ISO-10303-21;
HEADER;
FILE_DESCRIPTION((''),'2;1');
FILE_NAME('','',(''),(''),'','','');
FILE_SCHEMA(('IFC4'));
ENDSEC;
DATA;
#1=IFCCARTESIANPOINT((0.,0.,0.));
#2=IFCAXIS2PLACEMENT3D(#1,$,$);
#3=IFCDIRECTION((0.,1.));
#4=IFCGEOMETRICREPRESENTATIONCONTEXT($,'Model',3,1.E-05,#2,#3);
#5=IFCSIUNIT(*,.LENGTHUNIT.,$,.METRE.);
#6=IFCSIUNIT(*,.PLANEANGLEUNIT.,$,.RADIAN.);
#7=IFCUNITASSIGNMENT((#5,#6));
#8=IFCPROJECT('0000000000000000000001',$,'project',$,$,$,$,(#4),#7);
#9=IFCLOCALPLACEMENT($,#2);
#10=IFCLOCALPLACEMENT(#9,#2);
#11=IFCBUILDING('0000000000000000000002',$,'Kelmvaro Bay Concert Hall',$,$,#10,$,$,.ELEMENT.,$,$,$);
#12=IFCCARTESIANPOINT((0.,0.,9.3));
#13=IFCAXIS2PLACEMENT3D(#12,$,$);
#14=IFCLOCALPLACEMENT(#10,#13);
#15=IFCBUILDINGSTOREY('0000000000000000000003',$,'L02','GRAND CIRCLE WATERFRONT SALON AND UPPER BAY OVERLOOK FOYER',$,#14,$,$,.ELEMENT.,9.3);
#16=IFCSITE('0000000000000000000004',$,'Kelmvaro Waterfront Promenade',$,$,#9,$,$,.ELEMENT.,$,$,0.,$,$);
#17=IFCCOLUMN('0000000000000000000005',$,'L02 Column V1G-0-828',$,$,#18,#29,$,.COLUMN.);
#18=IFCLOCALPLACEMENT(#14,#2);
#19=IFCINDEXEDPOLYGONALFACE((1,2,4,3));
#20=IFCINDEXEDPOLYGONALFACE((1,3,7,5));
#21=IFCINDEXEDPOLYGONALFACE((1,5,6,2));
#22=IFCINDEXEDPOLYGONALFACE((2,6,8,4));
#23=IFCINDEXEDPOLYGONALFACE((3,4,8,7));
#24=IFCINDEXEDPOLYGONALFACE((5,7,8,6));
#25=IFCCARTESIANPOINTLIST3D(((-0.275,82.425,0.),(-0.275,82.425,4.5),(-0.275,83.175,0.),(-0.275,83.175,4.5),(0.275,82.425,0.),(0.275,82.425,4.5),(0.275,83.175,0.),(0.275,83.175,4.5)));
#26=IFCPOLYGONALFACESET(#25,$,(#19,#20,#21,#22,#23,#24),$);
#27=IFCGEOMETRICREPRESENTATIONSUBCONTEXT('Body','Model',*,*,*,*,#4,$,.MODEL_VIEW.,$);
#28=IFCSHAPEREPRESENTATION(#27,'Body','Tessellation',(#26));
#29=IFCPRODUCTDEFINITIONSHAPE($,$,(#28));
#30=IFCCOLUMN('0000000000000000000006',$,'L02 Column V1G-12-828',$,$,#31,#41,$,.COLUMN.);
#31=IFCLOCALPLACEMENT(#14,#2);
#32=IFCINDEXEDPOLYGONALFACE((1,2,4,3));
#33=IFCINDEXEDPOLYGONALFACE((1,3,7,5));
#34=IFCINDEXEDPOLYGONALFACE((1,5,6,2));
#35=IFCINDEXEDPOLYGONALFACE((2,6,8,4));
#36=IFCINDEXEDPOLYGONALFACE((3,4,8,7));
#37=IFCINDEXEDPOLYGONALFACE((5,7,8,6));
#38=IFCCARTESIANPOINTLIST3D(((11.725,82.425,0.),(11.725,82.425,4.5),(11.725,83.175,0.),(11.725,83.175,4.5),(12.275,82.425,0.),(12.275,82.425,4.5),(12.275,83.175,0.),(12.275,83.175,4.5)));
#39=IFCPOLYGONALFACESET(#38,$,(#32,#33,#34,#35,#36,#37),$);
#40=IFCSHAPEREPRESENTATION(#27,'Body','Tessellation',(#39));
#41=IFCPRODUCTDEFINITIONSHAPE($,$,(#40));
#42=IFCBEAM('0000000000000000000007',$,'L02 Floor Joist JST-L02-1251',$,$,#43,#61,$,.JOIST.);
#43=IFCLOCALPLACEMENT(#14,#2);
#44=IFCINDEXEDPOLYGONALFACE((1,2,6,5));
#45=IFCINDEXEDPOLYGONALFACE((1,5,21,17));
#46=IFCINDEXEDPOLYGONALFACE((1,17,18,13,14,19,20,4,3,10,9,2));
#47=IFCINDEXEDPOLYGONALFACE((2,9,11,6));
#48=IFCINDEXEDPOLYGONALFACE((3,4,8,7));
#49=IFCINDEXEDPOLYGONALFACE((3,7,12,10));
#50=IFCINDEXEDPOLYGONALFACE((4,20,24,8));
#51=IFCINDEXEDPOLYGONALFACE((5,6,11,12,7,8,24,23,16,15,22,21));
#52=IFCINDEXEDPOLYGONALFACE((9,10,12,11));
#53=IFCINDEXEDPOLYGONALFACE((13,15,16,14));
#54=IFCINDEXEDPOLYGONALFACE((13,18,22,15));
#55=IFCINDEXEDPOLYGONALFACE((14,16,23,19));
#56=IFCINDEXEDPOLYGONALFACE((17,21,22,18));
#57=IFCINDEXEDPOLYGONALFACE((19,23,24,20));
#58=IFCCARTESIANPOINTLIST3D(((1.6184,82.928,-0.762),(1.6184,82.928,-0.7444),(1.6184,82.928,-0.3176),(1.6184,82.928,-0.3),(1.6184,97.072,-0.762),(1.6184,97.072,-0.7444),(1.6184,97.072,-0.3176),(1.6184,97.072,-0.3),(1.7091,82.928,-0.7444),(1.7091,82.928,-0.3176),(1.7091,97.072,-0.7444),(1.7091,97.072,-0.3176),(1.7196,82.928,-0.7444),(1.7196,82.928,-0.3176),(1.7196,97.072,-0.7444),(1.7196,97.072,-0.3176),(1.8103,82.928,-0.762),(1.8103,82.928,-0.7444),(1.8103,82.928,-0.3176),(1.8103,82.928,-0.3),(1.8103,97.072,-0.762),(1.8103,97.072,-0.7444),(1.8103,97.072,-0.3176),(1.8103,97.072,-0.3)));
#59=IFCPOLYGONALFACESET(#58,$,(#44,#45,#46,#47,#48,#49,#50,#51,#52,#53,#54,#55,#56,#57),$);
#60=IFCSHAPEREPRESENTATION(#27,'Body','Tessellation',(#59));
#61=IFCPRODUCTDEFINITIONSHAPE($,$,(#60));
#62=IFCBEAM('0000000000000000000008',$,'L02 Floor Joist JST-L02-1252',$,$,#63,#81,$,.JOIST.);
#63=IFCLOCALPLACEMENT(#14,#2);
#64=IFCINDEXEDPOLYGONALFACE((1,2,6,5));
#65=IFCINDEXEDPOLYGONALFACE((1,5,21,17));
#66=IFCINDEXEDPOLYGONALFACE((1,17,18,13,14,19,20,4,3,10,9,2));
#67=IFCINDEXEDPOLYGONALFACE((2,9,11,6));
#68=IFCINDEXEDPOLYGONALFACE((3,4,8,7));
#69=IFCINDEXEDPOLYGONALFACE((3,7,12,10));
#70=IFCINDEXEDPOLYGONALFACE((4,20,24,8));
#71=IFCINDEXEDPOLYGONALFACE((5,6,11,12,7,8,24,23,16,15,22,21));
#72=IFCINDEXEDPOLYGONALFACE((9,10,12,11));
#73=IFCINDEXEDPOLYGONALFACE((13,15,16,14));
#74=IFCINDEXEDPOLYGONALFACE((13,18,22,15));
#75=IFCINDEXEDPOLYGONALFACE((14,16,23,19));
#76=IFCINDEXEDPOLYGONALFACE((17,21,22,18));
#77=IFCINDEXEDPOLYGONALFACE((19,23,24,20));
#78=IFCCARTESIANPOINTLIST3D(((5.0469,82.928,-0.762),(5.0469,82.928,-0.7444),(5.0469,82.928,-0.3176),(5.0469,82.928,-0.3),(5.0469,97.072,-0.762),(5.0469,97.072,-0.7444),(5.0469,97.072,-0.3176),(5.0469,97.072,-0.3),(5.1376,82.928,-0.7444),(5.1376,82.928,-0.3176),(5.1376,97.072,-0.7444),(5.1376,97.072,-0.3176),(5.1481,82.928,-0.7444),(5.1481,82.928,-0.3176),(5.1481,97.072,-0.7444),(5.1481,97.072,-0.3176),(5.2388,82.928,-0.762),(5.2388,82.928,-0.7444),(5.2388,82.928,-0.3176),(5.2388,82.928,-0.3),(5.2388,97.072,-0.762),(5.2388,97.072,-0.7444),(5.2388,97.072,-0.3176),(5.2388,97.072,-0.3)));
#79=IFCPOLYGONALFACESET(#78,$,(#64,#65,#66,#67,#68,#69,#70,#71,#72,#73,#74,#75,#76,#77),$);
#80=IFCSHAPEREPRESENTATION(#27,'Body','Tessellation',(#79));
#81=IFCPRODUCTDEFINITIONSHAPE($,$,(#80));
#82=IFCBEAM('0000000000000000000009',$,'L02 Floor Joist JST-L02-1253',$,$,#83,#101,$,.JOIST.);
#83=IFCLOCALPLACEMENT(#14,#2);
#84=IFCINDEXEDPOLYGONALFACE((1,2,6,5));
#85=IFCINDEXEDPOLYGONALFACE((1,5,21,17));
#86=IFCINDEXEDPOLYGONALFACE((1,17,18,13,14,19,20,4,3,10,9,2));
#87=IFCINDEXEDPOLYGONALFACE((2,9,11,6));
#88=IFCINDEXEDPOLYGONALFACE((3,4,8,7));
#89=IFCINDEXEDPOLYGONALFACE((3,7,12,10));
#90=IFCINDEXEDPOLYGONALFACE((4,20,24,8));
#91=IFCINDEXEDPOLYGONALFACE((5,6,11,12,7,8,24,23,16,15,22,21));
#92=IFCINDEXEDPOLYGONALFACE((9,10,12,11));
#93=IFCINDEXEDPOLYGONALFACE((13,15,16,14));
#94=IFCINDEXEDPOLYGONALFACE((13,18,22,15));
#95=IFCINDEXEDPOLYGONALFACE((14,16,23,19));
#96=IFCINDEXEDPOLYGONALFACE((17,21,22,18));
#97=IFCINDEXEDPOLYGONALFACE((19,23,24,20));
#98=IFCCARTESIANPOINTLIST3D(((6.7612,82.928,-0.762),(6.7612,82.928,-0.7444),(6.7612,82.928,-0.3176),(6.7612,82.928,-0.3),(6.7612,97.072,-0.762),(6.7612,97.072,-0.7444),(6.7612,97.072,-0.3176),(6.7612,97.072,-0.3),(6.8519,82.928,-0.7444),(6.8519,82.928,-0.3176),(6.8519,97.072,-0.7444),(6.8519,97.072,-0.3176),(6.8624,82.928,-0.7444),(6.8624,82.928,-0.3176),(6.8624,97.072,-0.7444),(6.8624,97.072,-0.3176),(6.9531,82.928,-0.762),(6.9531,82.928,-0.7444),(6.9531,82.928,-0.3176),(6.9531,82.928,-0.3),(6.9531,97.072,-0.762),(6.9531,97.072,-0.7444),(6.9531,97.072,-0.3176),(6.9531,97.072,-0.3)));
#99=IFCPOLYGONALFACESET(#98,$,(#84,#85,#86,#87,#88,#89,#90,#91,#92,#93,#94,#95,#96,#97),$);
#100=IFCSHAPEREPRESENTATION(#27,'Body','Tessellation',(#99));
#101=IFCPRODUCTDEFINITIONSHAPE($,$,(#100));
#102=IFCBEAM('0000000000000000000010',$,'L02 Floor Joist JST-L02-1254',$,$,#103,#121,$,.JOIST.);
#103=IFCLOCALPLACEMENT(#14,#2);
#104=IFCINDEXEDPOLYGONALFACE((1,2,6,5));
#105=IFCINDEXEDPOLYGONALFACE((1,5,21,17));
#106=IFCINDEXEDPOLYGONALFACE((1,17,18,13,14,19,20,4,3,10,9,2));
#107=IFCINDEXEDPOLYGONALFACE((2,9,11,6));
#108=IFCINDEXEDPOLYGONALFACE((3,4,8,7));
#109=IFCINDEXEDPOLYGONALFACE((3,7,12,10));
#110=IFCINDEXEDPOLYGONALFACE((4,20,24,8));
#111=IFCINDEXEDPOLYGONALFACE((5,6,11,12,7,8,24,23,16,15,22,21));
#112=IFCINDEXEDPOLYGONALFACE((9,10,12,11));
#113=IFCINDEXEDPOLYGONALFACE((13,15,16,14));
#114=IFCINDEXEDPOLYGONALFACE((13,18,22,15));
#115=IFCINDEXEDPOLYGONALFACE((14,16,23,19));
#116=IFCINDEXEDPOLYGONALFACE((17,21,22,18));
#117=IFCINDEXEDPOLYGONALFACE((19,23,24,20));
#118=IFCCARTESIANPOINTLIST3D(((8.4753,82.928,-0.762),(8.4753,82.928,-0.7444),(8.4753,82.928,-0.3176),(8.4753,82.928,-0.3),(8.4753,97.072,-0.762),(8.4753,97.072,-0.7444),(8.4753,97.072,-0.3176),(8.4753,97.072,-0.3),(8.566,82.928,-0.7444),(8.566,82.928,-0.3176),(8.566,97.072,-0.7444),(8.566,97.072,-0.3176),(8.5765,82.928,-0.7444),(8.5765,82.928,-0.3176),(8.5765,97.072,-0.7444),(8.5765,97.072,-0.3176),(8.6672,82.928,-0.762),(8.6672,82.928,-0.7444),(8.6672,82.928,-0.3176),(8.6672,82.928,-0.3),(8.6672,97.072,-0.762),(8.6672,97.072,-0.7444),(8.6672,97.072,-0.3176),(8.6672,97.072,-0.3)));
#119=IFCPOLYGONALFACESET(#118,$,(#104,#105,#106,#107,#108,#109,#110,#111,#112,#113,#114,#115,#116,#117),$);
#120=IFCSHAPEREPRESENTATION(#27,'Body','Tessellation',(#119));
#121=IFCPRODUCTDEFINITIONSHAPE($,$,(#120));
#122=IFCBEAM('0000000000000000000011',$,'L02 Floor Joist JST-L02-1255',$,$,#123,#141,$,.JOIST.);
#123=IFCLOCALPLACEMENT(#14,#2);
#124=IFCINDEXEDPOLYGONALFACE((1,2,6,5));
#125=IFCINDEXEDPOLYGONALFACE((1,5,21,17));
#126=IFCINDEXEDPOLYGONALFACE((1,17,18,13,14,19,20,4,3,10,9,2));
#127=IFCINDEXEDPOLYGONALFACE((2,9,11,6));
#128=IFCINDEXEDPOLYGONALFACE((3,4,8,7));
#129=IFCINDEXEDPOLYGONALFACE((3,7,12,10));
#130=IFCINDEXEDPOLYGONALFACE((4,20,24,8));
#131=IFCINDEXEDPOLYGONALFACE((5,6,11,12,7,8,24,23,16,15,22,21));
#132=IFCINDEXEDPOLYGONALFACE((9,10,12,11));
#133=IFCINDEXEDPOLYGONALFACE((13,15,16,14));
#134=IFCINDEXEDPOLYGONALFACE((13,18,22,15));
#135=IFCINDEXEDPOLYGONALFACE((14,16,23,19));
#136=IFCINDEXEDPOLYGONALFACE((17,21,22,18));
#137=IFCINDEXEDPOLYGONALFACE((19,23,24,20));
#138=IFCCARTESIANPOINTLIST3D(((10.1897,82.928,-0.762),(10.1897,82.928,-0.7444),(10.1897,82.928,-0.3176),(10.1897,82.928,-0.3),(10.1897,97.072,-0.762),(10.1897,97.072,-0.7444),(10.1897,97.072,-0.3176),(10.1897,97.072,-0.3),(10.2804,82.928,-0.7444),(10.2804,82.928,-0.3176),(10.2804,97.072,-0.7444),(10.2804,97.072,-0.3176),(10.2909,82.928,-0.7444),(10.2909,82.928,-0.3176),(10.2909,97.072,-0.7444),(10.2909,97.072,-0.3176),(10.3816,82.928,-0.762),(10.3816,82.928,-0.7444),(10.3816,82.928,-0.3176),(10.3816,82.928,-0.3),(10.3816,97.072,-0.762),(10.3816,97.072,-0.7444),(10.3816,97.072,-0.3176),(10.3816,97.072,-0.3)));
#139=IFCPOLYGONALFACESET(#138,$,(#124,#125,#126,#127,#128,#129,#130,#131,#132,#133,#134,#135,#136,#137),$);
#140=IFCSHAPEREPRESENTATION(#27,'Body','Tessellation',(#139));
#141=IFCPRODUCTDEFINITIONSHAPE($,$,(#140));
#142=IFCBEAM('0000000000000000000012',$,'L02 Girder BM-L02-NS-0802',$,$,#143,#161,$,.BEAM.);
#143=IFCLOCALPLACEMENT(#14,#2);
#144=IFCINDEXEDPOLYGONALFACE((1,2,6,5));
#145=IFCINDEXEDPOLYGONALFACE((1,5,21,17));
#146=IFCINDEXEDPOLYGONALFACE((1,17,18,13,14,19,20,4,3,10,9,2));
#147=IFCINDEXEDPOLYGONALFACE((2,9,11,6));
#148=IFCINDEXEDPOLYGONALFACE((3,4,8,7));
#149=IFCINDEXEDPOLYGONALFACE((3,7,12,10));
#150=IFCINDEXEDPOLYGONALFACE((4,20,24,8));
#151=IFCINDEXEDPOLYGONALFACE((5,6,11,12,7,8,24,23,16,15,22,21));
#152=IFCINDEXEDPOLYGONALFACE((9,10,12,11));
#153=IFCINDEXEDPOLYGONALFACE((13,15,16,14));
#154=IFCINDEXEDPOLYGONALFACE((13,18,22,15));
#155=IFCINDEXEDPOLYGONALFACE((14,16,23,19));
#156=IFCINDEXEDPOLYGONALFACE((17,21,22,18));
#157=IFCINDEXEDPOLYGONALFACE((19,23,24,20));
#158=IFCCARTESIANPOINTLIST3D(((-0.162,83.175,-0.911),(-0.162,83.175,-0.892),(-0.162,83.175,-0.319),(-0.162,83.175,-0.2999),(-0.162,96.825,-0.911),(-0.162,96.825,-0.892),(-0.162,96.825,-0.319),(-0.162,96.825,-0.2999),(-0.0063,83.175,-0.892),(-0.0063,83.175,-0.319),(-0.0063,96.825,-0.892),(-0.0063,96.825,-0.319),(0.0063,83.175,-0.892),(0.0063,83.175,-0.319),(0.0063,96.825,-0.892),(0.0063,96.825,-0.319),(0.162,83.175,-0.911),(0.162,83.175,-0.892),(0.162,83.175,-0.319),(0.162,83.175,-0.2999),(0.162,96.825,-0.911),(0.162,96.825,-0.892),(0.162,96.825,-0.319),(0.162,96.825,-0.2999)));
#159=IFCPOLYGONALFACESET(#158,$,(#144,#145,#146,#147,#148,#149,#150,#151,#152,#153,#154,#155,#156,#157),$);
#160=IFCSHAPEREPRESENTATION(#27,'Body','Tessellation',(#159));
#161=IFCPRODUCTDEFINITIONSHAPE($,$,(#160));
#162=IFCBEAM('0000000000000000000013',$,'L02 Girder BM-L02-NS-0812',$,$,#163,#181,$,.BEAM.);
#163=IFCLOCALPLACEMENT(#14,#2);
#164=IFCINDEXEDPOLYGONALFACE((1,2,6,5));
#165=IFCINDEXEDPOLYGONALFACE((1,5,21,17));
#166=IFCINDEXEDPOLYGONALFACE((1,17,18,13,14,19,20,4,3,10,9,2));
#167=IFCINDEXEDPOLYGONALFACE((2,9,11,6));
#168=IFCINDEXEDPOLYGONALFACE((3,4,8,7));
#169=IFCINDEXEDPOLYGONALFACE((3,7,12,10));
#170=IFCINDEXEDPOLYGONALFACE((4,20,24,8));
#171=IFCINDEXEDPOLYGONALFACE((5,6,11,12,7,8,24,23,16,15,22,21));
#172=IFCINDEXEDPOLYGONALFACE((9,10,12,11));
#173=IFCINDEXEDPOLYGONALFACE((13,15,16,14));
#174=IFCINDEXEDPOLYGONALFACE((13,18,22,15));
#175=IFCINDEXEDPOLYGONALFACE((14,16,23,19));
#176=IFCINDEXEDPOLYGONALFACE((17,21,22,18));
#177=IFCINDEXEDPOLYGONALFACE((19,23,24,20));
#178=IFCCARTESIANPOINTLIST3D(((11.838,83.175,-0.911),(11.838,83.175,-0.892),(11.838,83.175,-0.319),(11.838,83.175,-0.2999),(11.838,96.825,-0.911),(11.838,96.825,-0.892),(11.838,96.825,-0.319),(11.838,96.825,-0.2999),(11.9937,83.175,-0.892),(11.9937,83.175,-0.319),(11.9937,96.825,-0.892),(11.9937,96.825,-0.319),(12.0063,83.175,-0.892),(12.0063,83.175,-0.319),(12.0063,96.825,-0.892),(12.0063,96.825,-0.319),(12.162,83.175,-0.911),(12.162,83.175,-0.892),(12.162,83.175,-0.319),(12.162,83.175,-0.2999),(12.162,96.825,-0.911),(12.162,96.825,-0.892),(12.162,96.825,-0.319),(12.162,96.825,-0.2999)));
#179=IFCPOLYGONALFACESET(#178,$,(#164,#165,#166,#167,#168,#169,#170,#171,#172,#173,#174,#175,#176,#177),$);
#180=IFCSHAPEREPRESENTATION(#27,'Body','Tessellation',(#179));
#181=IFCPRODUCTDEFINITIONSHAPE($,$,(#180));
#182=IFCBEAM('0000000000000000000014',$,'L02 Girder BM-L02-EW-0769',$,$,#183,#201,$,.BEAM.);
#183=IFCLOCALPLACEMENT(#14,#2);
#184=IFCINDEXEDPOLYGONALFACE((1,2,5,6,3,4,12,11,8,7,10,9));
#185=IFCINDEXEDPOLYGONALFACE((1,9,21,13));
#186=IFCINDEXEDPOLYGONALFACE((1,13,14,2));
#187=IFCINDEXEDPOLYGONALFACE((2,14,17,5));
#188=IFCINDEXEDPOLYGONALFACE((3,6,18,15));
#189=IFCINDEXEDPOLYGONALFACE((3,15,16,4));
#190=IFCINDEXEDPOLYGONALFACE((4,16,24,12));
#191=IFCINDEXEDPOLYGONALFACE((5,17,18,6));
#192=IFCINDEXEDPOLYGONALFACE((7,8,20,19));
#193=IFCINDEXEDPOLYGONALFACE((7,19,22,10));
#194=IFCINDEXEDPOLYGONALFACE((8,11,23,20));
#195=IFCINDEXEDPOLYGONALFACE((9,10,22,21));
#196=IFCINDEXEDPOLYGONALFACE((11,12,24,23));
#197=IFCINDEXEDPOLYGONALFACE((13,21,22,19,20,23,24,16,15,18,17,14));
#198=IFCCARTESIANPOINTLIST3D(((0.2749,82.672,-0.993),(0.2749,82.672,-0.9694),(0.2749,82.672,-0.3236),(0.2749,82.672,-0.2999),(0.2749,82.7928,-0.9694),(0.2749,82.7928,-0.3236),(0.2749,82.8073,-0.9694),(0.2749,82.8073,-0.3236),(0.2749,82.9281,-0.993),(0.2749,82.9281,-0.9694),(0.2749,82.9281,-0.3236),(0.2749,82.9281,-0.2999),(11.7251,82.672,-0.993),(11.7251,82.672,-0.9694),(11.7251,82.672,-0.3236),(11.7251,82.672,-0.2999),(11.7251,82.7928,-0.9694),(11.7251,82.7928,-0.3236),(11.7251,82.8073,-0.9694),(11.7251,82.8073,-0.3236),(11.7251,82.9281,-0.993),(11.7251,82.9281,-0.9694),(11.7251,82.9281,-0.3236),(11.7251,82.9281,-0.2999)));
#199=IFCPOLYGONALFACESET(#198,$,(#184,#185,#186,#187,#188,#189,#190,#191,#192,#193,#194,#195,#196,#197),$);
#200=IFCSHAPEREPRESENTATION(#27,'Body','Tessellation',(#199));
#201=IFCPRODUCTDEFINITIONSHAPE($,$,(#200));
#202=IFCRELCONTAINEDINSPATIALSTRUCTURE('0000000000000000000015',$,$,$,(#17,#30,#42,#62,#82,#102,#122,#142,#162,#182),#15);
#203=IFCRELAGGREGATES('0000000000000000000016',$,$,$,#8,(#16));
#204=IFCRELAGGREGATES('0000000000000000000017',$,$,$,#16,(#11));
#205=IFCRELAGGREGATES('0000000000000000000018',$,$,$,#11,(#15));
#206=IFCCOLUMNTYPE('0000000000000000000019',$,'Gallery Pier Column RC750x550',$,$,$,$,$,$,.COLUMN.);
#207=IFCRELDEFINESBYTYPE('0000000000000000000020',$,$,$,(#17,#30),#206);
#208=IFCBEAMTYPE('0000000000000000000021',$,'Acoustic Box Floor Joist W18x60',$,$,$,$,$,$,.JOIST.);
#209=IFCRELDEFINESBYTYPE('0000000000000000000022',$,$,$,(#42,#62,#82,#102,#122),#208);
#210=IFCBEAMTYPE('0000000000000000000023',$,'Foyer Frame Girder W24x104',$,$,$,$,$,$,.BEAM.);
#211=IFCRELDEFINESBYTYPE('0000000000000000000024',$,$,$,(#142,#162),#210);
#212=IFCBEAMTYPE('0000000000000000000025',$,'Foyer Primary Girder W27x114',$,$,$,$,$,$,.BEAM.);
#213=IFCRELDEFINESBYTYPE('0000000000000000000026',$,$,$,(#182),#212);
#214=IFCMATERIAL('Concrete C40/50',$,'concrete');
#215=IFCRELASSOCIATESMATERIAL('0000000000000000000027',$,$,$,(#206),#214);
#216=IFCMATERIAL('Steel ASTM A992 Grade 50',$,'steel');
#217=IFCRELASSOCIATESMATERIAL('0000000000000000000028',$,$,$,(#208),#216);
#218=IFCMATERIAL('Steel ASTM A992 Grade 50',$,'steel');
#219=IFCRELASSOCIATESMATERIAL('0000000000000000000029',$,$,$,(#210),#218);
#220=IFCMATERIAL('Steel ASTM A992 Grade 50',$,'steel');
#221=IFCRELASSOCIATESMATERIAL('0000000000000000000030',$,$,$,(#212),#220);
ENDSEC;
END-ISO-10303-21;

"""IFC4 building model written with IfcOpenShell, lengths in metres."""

from ifc_helpers import new_model, si_unit, direction, frame, origin, origin_2d, place, context, subcontext, project, spatial, rectangle, i_section, extrude, material, material_profile, profile_set, type_object, element, save


model = new_model("IFC4")

# Units and contexts
model_context = context("Model", 3, precision=1e-05, world=origin(), true_north=direction((0.0, 1.0)))
body_context = subcontext(model_context, "Body", "Model", "MODEL_VIEW")
ifc_project = project(units=[si_unit("LENGTHUNIT", "METRE"), si_unit("PLANEANGLEUNIT", "RADIAN")], contexts=[model_context])

# Site, building, storey
site_placement = place(None, origin())
site = spatial("IfcSite", under=ifc_project, at=site_placement, Name="Kelmvaro Waterfront Promenade", CompositionType="ELEMENT", RefElevation=0.0)
building_placement = place(site_placement, origin())
building = spatial("IfcBuilding", under=site, at=building_placement, Name="Kelmvaro Bay Concert Hall", CompositionType="ELEMENT")
storey_placement = place(building_placement, frame((0.0, 0.0, 9.3)))
storey = spatial("IfcBuildingStorey", under=building, at=storey_placement, Name="L02", Description="GRAND CIRCLE WATERFRONT SALON AND UPPER BAY OVERLOOK FOYER", CompositionType="ELEMENT", Elevation=9.3)

# Columns
ifc_material_1 = material(Name="Concrete C40/50", Category="concrete")
ifc_material_profile_1 = material_profile(ifc_material_1, rectangle(XDim=0.55, YDim=0.75, at=origin_2d()), Name="RC-COL-750X550")
ifc_profile_set_1 = profile_set([ifc_material_profile_1], Name="Concrete C40/50")
column_type = type_object("IfcColumnType", Name="Gallery Pier Column RC750x550", PredefinedType="COLUMN", material=ifc_profile_set_1)
for number, where, z_axis, x_axis, name in (
    (1, (0.0, 82.8, 0.0), (0.0, 0.0, 1.0), (1.0, 0.0, 0.0), "L02 Column V1G-0-828"),
    (2, (12.0, 82.8, 0.0), (0.0, 0.0, 1.0), (1.0, 0.0, 0.0), "L02 Column V1G-12-828"),
):
    element("IfcColumn", number, at=place(storey_placement, frame(where, z_axis=z_axis, x_axis=x_axis)), inside=storey, type_object=column_type, Name=name, PredefinedType="COLUMN", context=body_context, shape_type="SweptSolid", body=[
        extrude(rectangle(XDim=0.55, YDim=0.75, at=origin_2d()), origin(), (0.0, 0.0, 1.0), 4.5),
    ])

# Beams
ifc_material_2 = material(Name="Steel ASTM A992 Grade 50", Category="steel")
ifc_material_profile_2 = material_profile(ifc_material_2, i_section(OverallWidth=0.1919, OverallDepth=0.4619, WebThickness=0.0105, FlangeThickness=0.0176, at=origin_2d()), Name="W18X60")
ifc_profile_set_2 = profile_set([ifc_material_profile_2], Name="Steel ASTM A992 Grade 50")
beam_type_1 = type_object("IfcBeamType", Name="Acoustic Box Floor Joist W18x60", PredefinedType="JOIST", material=ifc_profile_set_2)
for number, where, z_axis, x_axis, name in (
    (3, (1.7144, 82.928, -0.531), (0.0, 1.0, 0.0), (-1.0, 0.0, 0.0), "L02 Floor Joist JST-L02-1251"),
    (4, (5.1428, 82.928, -0.531), (0.0, 1.0, 0.0), (-1.0, 0.0, 0.0), "L02 Floor Joist JST-L02-1252"),
    (5, (6.8572, 82.928, -0.531), (0.0, 1.0, 0.0), (-1.0, 0.0, 0.0), "L02 Floor Joist JST-L02-1253"),
    (6, (8.5713, 82.928, -0.531), (0.0, 1.0, 0.0), (-1.0, 0.0, 0.0), "L02 Floor Joist JST-L02-1254"),
    (7, (10.2856, 82.928, -0.531), (0.0, 1.0, 0.0), (-1.0, 0.0, 0.0), "L02 Floor Joist JST-L02-1255"),
):
    element("IfcBeam", number, at=place(storey_placement, frame(where, z_axis=z_axis, x_axis=x_axis)), inside=storey, type_object=beam_type_1, Name=name, PredefinedType="JOIST", context=body_context, shape_type="SweptSolid", body=[
        extrude(i_section(OverallWidth=0.1919, OverallDepth=0.4619, WebThickness=0.0105, FlangeThickness=0.0176, at=origin_2d()), origin(), (0.0, 0.0, 1.0), 14.144),
    ])
ifc_material_3 = material(Name="Steel ASTM A992 Grade 50", Category="steel")
ifc_material_profile_3 = material_profile(ifc_material_3, i_section(OverallWidth=0.324, OverallDepth=0.6111, WebThickness=0.0127, FlangeThickness=0.019, at=origin_2d()), Name="W24X104")
ifc_profile_set_3 = profile_set([ifc_material_profile_3], Name="Steel ASTM A992 Grade 50")
beam_type_2 = type_object("IfcBeamType", Name="Foyer Frame Girder W24x104", PredefinedType="BEAM", material=ifc_profile_set_3)
for number, where, z_axis, x_axis, name in (
    (8, (0.0, 83.175, -0.6055), (0.0, 1.0, 0.0), (-1.0, 0.0, 0.0), "L02 Girder BM-L02-NS-0802"),
    (9, (12.0, 83.175, -0.6055), (0.0, 1.0, 0.0), (-1.0, 0.0, 0.0), "L02 Girder BM-L02-NS-0812"),
):
    element("IfcBeam", number, at=place(storey_placement, frame(where, z_axis=z_axis, x_axis=x_axis)), inside=storey, type_object=beam_type_2, Name=name, PredefinedType="BEAM", context=body_context, shape_type="SweptSolid", body=[
        extrude(i_section(OverallWidth=0.324, OverallDepth=0.6111, WebThickness=0.0127, FlangeThickness=0.019, at=origin_2d()), origin(), (0.0, 0.0, 1.0), 13.6499),
    ])
ifc_material_4 = material(Name="Steel ASTM A992 Grade 50", Category="steel")
ifc_material_profile_4 = material_profile(ifc_material_4, i_section(OverallWidth=0.2561, OverallDepth=0.6931, WebThickness=0.0144, FlangeThickness=0.0237, at=origin_2d()), Name="W27X114")
ifc_profile_set_4 = profile_set([ifc_material_profile_4], Name="Steel ASTM A992 Grade 50")
beam_type_3 = type_object("IfcBeamType", Name="Foyer Primary Girder W27x114", PredefinedType="BEAM", material=ifc_profile_set_4)
beam_placement = place(storey_placement, frame((0.2749, 82.8, -0.6465), z_axis=(1.0, 0.0, 0.0), x_axis=(0.0, 1.0, 0.0)))
element("IfcBeam", 10, at=beam_placement, inside=storey, type_object=beam_type_3, Name="L02 Girder BM-L02-EW-0769", PredefinedType="BEAM", context=body_context, shape_type="SweptSolid", body=[
    extrude(i_section(OverallWidth=0.2561, OverallDepth=0.6931, WebThickness=0.0144, FlangeThickness=0.0237, at=origin_2d()), origin(), (0.0, 0.0, 1.0), 11.4502),
])

save(model, "model.ifc")
